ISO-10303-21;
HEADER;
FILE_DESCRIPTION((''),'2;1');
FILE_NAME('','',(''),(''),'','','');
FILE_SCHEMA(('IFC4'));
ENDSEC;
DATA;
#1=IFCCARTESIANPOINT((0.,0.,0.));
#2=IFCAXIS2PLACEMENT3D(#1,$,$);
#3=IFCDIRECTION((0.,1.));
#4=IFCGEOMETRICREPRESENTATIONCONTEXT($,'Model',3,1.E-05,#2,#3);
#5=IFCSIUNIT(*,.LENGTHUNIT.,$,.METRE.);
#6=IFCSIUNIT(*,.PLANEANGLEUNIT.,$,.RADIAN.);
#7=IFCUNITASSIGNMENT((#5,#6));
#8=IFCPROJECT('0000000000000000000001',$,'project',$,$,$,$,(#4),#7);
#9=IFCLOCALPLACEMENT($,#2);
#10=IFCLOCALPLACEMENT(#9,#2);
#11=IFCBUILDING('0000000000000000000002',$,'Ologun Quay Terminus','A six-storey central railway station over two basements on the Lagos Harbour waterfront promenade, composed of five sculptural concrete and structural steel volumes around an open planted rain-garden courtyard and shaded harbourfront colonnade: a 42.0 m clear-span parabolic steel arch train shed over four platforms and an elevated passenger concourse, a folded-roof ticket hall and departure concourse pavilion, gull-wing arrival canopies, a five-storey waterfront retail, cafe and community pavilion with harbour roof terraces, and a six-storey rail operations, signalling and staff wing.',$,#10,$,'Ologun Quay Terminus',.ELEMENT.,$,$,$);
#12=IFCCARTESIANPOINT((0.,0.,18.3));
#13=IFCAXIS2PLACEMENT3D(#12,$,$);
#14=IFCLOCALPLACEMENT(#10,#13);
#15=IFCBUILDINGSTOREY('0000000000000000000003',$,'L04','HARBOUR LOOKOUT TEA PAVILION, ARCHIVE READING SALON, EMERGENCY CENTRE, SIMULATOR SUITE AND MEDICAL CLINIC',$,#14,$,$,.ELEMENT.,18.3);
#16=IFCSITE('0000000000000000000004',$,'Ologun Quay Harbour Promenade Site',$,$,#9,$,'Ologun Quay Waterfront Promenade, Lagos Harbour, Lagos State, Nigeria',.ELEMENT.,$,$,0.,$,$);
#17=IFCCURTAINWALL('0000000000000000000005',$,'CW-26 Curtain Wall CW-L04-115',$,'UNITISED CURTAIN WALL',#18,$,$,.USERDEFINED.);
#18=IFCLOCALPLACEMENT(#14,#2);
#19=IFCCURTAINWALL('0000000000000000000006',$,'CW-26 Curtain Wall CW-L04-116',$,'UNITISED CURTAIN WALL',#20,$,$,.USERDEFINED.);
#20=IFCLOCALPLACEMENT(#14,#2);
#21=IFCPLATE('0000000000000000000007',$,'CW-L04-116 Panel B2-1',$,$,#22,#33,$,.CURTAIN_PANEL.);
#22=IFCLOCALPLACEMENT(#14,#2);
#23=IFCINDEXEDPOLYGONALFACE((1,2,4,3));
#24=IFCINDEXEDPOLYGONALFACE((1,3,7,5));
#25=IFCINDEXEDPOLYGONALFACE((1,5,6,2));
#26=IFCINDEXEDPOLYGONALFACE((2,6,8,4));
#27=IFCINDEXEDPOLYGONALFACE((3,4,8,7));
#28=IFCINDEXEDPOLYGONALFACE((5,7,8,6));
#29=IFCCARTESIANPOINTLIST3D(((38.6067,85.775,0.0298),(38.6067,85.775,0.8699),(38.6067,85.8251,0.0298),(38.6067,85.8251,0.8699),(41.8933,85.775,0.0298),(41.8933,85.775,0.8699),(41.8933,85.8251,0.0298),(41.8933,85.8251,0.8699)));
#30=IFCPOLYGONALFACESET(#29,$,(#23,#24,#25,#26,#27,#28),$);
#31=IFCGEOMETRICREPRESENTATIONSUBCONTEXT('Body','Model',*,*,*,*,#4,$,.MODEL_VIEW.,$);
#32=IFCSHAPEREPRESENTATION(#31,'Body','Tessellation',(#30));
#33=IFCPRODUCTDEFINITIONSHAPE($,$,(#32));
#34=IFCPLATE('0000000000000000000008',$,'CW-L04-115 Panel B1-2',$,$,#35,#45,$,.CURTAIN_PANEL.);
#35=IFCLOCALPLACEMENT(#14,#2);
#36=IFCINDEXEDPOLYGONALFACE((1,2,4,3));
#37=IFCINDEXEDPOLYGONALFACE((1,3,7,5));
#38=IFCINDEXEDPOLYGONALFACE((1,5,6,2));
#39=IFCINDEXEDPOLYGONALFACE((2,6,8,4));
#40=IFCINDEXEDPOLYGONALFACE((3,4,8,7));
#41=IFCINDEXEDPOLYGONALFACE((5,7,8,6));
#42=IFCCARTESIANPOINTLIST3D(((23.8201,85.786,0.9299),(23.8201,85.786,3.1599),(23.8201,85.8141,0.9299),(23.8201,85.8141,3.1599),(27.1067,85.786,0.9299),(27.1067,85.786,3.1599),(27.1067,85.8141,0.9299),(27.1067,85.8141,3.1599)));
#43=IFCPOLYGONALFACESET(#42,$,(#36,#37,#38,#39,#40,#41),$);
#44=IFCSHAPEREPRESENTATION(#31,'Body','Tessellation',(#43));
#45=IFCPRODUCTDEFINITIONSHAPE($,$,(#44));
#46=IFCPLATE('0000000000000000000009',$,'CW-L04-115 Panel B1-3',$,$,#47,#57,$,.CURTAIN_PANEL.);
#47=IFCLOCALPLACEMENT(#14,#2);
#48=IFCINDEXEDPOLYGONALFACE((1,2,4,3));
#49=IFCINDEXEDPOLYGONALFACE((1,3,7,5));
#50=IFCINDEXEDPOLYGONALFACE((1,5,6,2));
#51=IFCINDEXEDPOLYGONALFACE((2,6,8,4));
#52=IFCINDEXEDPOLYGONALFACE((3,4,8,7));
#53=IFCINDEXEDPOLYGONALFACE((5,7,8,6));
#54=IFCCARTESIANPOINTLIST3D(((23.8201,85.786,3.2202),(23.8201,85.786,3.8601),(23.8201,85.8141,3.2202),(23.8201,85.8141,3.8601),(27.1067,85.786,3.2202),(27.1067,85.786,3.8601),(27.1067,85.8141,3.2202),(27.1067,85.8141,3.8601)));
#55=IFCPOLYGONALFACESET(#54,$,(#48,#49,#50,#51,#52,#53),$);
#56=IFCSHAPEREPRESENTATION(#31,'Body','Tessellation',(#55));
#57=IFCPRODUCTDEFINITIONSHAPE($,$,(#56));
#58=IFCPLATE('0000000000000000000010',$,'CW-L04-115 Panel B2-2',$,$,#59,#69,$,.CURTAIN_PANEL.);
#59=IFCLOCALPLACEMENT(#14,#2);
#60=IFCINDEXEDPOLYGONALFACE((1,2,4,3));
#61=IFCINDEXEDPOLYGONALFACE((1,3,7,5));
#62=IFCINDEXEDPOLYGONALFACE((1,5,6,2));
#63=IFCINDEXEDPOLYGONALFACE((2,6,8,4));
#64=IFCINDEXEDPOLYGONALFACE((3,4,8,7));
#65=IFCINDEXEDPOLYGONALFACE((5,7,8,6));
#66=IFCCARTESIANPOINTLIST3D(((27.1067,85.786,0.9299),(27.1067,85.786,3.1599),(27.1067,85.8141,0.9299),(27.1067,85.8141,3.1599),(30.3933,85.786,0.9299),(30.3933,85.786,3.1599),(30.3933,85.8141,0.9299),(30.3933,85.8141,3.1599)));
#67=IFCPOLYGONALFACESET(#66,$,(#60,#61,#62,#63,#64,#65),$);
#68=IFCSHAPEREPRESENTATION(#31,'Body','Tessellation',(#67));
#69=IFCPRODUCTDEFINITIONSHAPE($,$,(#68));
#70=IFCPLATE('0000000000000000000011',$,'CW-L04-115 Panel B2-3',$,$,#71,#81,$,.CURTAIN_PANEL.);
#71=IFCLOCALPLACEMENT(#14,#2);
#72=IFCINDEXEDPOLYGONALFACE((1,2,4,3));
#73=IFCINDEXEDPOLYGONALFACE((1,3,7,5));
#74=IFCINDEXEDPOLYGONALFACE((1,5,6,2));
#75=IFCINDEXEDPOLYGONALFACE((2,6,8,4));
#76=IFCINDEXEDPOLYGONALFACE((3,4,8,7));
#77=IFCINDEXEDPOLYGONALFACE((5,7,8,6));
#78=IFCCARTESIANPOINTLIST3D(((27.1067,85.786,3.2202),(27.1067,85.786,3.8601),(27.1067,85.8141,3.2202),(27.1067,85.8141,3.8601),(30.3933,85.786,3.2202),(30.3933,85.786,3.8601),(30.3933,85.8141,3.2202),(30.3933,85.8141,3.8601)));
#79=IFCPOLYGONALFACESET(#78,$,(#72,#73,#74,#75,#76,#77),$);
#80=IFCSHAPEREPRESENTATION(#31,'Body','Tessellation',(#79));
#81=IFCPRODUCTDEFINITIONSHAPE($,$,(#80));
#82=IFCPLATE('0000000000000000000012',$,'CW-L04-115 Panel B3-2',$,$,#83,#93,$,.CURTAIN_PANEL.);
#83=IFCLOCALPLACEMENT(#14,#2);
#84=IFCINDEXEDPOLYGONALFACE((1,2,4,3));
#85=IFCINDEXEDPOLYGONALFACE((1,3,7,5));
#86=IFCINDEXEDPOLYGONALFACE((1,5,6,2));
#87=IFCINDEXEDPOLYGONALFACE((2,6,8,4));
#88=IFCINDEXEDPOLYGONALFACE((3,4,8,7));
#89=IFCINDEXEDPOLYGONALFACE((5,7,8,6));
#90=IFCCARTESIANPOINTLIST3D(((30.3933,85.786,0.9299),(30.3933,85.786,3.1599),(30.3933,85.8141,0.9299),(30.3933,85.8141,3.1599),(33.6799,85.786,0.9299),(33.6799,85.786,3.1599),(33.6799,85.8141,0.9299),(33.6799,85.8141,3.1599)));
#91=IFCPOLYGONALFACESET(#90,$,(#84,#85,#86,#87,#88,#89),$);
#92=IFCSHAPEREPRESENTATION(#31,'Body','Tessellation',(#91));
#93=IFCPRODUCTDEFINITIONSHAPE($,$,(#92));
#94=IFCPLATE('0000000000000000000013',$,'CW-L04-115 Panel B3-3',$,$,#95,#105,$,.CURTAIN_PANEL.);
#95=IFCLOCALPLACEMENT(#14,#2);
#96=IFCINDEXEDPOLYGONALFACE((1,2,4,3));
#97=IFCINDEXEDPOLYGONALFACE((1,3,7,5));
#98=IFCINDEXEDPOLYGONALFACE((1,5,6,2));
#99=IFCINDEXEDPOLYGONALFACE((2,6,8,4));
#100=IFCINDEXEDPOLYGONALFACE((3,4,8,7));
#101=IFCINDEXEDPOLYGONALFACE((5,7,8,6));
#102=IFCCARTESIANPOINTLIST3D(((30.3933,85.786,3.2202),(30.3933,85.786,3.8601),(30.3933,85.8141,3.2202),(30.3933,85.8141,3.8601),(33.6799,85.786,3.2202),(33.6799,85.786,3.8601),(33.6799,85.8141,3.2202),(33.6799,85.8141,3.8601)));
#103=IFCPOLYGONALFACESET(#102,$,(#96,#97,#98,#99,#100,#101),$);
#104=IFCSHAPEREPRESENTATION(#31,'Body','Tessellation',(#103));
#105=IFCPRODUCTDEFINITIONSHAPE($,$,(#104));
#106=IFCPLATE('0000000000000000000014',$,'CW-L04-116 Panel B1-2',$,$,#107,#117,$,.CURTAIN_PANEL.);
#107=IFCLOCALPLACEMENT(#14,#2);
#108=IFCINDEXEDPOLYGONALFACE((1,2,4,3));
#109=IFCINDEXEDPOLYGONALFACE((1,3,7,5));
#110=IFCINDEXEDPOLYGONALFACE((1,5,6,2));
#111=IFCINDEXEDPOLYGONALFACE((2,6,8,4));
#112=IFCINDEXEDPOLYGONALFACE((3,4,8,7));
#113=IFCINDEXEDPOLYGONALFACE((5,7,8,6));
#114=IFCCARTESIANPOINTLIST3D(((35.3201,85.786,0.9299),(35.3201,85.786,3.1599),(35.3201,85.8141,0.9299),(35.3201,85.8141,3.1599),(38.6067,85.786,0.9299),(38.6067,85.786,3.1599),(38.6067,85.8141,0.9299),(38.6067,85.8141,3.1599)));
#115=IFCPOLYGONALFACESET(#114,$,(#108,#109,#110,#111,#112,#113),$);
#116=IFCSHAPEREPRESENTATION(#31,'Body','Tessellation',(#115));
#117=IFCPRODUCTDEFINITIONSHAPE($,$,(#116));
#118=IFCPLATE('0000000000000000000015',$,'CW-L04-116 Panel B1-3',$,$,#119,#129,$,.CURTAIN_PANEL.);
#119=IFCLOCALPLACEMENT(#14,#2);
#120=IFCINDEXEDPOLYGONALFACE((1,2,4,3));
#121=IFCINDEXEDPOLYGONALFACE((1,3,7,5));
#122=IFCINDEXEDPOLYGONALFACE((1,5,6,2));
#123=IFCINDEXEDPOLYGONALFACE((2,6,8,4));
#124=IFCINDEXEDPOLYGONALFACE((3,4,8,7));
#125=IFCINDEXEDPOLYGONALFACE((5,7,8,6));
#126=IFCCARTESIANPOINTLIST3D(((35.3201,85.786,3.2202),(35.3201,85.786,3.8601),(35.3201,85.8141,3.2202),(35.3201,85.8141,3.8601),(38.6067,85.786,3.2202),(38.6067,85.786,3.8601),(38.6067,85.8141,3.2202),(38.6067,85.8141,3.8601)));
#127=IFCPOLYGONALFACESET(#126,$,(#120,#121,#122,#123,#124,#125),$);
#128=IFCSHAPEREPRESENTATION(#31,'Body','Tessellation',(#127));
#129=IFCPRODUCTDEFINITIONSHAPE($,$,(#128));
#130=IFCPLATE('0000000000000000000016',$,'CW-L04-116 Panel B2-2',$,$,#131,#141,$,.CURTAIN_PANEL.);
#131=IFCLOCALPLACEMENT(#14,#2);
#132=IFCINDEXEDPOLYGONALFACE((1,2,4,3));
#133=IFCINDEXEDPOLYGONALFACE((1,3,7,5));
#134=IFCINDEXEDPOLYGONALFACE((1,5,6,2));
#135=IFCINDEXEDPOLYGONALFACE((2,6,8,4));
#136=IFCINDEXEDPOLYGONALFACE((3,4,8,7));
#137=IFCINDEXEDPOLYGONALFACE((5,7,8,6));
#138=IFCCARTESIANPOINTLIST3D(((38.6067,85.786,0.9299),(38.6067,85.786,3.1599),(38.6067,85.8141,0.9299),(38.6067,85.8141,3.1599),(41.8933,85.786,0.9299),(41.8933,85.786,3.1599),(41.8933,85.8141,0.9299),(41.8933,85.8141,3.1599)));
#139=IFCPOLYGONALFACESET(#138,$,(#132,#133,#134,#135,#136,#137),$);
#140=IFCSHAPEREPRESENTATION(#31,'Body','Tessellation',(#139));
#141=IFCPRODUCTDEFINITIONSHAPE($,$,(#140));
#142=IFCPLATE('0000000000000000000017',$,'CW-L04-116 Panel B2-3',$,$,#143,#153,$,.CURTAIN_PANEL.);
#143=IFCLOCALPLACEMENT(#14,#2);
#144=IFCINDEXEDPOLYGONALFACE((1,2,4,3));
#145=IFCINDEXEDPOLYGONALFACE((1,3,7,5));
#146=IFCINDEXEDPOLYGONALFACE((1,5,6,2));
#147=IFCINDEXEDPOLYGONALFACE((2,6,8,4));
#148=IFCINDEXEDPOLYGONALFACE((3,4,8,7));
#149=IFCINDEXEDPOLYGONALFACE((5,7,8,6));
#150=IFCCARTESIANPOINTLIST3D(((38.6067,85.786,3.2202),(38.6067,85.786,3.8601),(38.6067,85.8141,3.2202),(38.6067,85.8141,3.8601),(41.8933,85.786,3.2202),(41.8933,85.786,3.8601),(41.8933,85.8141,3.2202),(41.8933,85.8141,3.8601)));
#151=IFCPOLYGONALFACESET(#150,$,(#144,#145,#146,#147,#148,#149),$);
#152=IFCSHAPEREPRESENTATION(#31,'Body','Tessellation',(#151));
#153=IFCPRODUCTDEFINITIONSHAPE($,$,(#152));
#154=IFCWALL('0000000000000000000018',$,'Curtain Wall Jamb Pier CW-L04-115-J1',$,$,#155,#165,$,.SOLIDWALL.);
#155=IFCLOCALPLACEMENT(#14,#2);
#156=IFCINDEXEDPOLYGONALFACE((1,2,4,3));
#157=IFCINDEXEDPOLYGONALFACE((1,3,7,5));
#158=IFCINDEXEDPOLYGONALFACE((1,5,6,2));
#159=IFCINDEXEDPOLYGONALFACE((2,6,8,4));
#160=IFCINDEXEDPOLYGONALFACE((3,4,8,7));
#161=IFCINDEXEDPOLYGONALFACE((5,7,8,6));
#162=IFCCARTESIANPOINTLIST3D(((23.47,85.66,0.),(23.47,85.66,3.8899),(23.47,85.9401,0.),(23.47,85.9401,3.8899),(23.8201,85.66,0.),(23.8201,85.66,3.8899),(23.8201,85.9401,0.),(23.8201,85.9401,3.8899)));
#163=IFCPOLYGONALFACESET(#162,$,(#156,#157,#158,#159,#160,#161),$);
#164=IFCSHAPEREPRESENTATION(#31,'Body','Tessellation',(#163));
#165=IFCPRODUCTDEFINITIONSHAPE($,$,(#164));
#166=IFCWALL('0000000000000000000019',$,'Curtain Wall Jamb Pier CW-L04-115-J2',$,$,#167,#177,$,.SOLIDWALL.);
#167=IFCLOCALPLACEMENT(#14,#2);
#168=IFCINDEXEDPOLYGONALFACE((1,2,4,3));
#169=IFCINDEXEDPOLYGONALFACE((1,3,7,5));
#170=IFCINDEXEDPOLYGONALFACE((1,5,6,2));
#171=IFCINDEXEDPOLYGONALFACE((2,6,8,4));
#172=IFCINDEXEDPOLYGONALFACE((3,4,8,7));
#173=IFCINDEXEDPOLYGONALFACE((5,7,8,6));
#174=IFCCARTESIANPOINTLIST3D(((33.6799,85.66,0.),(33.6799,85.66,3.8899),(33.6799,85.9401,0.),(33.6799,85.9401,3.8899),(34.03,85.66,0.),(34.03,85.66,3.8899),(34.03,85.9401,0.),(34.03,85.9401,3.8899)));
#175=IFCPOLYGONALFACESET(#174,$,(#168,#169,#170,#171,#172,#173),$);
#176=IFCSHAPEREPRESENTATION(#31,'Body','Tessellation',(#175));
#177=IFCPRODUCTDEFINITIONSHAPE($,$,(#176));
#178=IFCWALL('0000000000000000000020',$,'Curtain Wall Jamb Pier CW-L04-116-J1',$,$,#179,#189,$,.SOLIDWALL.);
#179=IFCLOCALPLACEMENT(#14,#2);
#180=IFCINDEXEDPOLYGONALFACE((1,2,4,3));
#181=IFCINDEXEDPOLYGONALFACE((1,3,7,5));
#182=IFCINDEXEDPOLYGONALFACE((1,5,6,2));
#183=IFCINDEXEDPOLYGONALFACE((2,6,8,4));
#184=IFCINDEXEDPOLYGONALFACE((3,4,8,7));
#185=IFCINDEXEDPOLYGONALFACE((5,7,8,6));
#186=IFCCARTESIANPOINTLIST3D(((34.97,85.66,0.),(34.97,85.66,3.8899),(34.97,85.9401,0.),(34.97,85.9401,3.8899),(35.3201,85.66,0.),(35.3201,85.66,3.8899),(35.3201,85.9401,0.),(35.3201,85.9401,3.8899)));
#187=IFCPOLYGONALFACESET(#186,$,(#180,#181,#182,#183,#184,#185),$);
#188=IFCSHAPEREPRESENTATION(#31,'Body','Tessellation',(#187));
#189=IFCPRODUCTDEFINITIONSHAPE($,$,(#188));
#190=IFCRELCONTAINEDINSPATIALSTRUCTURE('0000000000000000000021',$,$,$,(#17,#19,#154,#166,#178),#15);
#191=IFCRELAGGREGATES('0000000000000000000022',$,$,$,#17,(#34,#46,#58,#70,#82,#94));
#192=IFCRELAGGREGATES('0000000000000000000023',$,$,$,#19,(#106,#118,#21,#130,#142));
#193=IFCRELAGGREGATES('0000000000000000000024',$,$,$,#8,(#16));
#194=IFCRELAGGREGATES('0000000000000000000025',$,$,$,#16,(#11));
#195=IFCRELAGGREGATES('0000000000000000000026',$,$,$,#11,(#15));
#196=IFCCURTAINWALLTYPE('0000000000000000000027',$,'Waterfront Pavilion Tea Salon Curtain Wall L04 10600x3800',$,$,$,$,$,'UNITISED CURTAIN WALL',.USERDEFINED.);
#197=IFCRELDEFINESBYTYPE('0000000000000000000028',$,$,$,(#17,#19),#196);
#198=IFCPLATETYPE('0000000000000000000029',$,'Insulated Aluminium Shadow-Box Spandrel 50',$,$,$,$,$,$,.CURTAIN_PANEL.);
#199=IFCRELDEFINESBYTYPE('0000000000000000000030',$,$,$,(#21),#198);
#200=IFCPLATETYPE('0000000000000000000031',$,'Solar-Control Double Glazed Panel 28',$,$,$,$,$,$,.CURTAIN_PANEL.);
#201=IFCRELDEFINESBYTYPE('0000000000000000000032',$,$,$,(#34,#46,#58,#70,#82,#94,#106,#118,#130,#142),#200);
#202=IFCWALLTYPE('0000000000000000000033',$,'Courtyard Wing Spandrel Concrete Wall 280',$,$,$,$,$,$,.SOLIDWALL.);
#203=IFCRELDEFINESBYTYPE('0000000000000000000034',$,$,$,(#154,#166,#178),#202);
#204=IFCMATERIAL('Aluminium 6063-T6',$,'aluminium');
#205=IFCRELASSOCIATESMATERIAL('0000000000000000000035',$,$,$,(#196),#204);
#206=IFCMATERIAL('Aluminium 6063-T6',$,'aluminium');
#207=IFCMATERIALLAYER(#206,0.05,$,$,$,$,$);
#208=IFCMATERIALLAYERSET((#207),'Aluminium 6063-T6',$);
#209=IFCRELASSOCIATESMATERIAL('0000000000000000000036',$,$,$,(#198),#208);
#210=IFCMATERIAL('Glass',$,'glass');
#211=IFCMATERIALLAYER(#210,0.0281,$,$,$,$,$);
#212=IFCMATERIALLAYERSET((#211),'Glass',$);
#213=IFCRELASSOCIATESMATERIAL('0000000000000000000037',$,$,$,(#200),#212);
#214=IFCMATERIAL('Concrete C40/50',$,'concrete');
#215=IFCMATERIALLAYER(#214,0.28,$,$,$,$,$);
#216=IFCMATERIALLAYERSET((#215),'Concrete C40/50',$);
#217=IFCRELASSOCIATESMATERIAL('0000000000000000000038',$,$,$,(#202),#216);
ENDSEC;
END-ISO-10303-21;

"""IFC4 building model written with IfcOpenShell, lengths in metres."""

from ifc_helpers import new_model, si_unit, direction, frame, frame_2d, origin, origin_2d, place, context, subcontext, project, spatial, rectangle, extrude, material, layer, layer_set, type_object, element, aggregate, save


model = new_model("IFC4")

# Units and contexts
model_context = context("Model", 3, precision=1e-05, world=origin(), true_north=direction((0.0, 1.0)))
body_context = subcontext(model_context, "Body", "Model", "MODEL_VIEW")
ifc_project = project(units=[si_unit("LENGTHUNIT", "METRE"), si_unit("PLANEANGLEUNIT", "RADIAN")], contexts=[model_context])

# Site, building, storey
site_placement = place(None, origin())
site = spatial("IfcSite", under=ifc_project, at=site_placement, Name="Ologun Quay Harbour Promenade Site", LongName="Ologun Quay Waterfront Promenade, Lagos Harbour, Lagos State, Nigeria", CompositionType="ELEMENT", RefElevation=0.0)
building_placement = place(site_placement, origin())
building = spatial("IfcBuilding", under=site, at=building_placement, Name="Ologun Quay Terminus", Description="A six-storey central railway station over two basements on the Lagos Harbour waterfront promenade, composed of five sculptural concrete and structural steel volumes around an open planted rain-garden courtyard and shaded harbourfront colonnade: a 42.0 m clear-span parabolic steel arch train shed over four platforms and an elevated passenger concourse, a folded-roof ticket hall and departure concourse pavilion, gull-wing arrival canopies, a five-storey waterfront retail, cafe and community pavilion with harbour roof terraces, and a six-storey rail operations, signalling and staff wing.", LongName="Ologun Quay Terminus", CompositionType="ELEMENT")
storey_placement = place(building_placement, frame((0.0, 0.0, 18.3)))
storey = spatial("IfcBuildingStorey", under=building, at=storey_placement, Name="L04", Description="HARBOUR LOOKOUT TEA PAVILION, ARCHIVE READING SALON, EMERGENCY CENTRE, SIMULATOR SUITE AND MEDICAL CLINIC", CompositionType="ELEMENT", Elevation=18.3)

# Curtain walls
ifc_material_1 = material(Name="Aluminium 6063-T6", Category="aluminium")
curtain_wall_type = type_object("IfcCurtainWallType", Name="Waterfront Pavilion Tea Salon Curtain Wall L04 10600x3800", ElementType="UNITISED CURTAIN WALL", PredefinedType="USERDEFINED", material=ifc_material_1)
curtain_wall_1_placement = place(storey_placement, origin())
curtain_wall_1 = element("IfcCurtainWall", 1, at=curtain_wall_1_placement, inside=storey, type_object=curtain_wall_type, Name="CW-26 Curtain Wall CW-L04-115", ObjectType="UNITISED CURTAIN WALL", PredefinedType="USERDEFINED")
curtain_wall_2_placement = place(storey_placement, origin())
curtain_wall_2 = element("IfcCurtainWall", 2, at=curtain_wall_2_placement, inside=storey, type_object=curtain_wall_type, Name="CW-26 Curtain Wall CW-L04-116", ObjectType="UNITISED CURTAIN WALL", PredefinedType="USERDEFINED")

# Plates
ifc_material_2 = material(Name="Aluminium 6063-T6", Category="aluminium")
ifc_layer_1 = layer(ifc_material_2, 0.05)
ifc_layer_set_1 = layer_set([ifc_layer_1], Name="Aluminium 6063-T6")
plate_type_1 = type_object("IfcPlateType", Name="Insulated Aluminium Shadow-Box Spandrel 50", PredefinedType="CURTAIN_PANEL", material=ifc_layer_set_1)
plate_1_placement = place(storey_placement, frame((40.25, 85.8, 0.0298), z_axis=(0.0, 0.0, 1.0), x_axis=(1.0, 0.0, 0.0)))
plate_1 = element("IfcPlate", 3, at=plate_1_placement, type_object=plate_type_1, Name="CW-L04-116 Panel B2-1", PredefinedType="CURTAIN_PANEL", context=body_context, shape_type="SweptSolid", body=[
    extrude(rectangle(XDim=3.2866, YDim=0.05, at=origin_2d()), origin(), (0.0, 0.0, 1.0), 0.8401),
])
ifc_material_3 = material(Name="Glass", Category="glass")
ifc_layer_2 = layer(ifc_material_3, 0.0281)
ifc_layer_set_2 = layer_set([ifc_layer_2], Name="Glass")
plate_type_2 = type_object("IfcPlateType", Name="Solar-Control Double Glazed Panel 28", PredefinedType="CURTAIN_PANEL", material=ifc_layer_set_2)
plate_2_placement = place(storey_placement, frame((25.4634, 85.8, 0.9299), z_axis=(0.0, 0.0, 1.0), x_axis=(1.0, 0.0, 0.0)))
plate_2 = element("IfcPlate", 4, at=plate_2_placement, type_object=plate_type_2, Name="CW-L04-115 Panel B1-2", PredefinedType="CURTAIN_PANEL", context=body_context, shape_type="SweptSolid", body=[
    extrude(rectangle(XDim=3.2866, YDim=0.0281, at=origin_2d()), origin(), (0.0, 0.0, 1.0), 2.23),
])
plate_3_placement = place(storey_placement, frame((25.4634, 85.8, 3.2202), z_axis=(0.0, 0.0, 1.0), x_axis=(1.0, 0.0, 0.0)))
plate_3 = element("IfcPlate", 5, at=plate_3_placement, type_object=plate_type_2, Name="CW-L04-115 Panel B1-3", PredefinedType="CURTAIN_PANEL", context=body_context, shape_type="SweptSolid", body=[
    extrude(rectangle(XDim=3.2866, YDim=0.0281, at=origin_2d()), origin(), (0.0, 0.0, 1.0), 0.6399),
])
plate_4_placement = place(storey_placement, frame((28.75, 85.8, 0.9299), z_axis=(0.0, 0.0, 1.0), x_axis=(1.0, 0.0, 0.0)))
plate_4 = element("IfcPlate", 6, at=plate_4_placement, type_object=plate_type_2, Name="CW-L04-115 Panel B2-2", PredefinedType="CURTAIN_PANEL", context=body_context, shape_type="SweptSolid", body=[
    extrude(rectangle(XDim=3.2866, YDim=0.0281, at=origin_2d()), origin(), (0.0, 0.0, 1.0), 2.23),
])
plate_5_placement = place(storey_placement, frame((28.75, 85.8, 3.2202), z_axis=(0.0, 0.0, 1.0), x_axis=(1.0, 0.0, 0.0)))
plate_5 = element("IfcPlate", 7, at=plate_5_placement, type_object=plate_type_2, Name="CW-L04-115 Panel B2-3", PredefinedType="CURTAIN_PANEL", context=body_context, shape_type="SweptSolid", body=[
    extrude(rectangle(XDim=3.2866, YDim=0.0281, at=origin_2d()), origin(), (0.0, 0.0, 1.0), 0.6399),
])
plate_6_placement = place(storey_placement, frame((32.0366, 85.8, 0.9299), z_axis=(0.0, 0.0, 1.0), x_axis=(1.0, 0.0, 0.0)))
plate_6 = element("IfcPlate", 8, at=plate_6_placement, type_object=plate_type_2, Name="CW-L04-115 Panel B3-2", PredefinedType="CURTAIN_PANEL", context=body_context, shape_type="SweptSolid", body=[
    extrude(rectangle(XDim=3.2866, YDim=0.0281, at=origin_2d()), origin(), (0.0, 0.0, 1.0), 2.23),
])
plate_7_placement = place(storey_placement, frame((32.0366, 85.8, 3.2202), z_axis=(0.0, 0.0, 1.0), x_axis=(1.0, 0.0, 0.0)))
plate_7 = element("IfcPlate", 9, at=plate_7_placement, type_object=plate_type_2, Name="CW-L04-115 Panel B3-3", PredefinedType="CURTAIN_PANEL", context=body_context, shape_type="SweptSolid", body=[
    extrude(rectangle(XDim=3.2866, YDim=0.0281, at=origin_2d()), origin(), (0.0, 0.0, 1.0), 0.6399),
])
aggregate(curtain_wall_1, [plate_2, plate_3, plate_4, plate_5, plate_6, plate_7])
plate_8_placement = place(storey_placement, frame((36.9634, 85.8, 0.9299), z_axis=(0.0, 0.0, 1.0), x_axis=(1.0, 0.0, 0.0)))
plate_8 = element("IfcPlate", 10, at=plate_8_placement, type_object=plate_type_2, Name="CW-L04-116 Panel B1-2", PredefinedType="CURTAIN_PANEL", context=body_context, shape_type="SweptSolid", body=[
    extrude(rectangle(XDim=3.2866, YDim=0.0281, at=origin_2d()), origin(), (0.0, 0.0, 1.0), 2.23),
])
plate_9_placement = place(storey_placement, frame((36.9634, 85.8, 3.2202), z_axis=(0.0, 0.0, 1.0), x_axis=(1.0, 0.0, 0.0)))
plate_9 = element("IfcPlate", 11, at=plate_9_placement, type_object=plate_type_2, Name="CW-L04-116 Panel B1-3", PredefinedType="CURTAIN_PANEL", context=body_context, shape_type="SweptSolid", body=[
    extrude(rectangle(XDim=3.2866, YDim=0.0281, at=origin_2d()), origin(), (0.0, 0.0, 1.0), 0.6399),
])
plate_10_placement = place(storey_placement, frame((40.25, 85.8, 0.9299), z_axis=(0.0, 0.0, 1.0), x_axis=(1.0, 0.0, 0.0)))
plate_10 = element("IfcPlate", 12, at=plate_10_placement, type_object=plate_type_2, Name="CW-L04-116 Panel B2-2", PredefinedType="CURTAIN_PANEL", context=body_context, shape_type="SweptSolid", body=[
    extrude(rectangle(XDim=3.2866, YDim=0.0281, at=origin_2d()), origin(), (0.0, 0.0, 1.0), 2.23),
])
plate_11_placement = place(storey_placement, frame((40.25, 85.8, 3.2202), z_axis=(0.0, 0.0, 1.0), x_axis=(1.0, 0.0, 0.0)))
plate_11 = element("IfcPlate", 13, at=plate_11_placement, type_object=plate_type_2, Name="CW-L04-116 Panel B2-3", PredefinedType="CURTAIN_PANEL", context=body_context, shape_type="SweptSolid", body=[
    extrude(rectangle(XDim=3.2866, YDim=0.0281, at=origin_2d()), origin(), (0.0, 0.0, 1.0), 0.6399),
])
aggregate(curtain_wall_2, [plate_8, plate_9, plate_1, plate_10, plate_11])

# Walls
ifc_material_4 = material(Name="Concrete C40/50", Category="concrete")
ifc_layer_3 = layer(ifc_material_4, 0.28)
ifc_layer_set_3 = layer_set([ifc_layer_3], Name="Concrete C40/50")
wall_type = type_object("IfcWallType", Name="Courtyard Wing Spandrel Concrete Wall 280", PredefinedType="SOLIDWALL", material=ifc_layer_set_3)
for number, where, z_axis, x_axis, name in (
    (14, (23.47, 85.8, 0.0), (0.0, 0.0, 1.0), (1.0, 0.0, 0.0), "Curtain Wall Jamb Pier CW-L04-115-J1"),
    (15, (33.6799, 85.8, 0.0), (0.0, 0.0, 1.0), (1.0, 0.0, 0.0), "Curtain Wall Jamb Pier CW-L04-115-J2"),
    (16, (34.97, 85.8, 0.0), (0.0, 0.0, 1.0), (1.0, 0.0, 0.0), "Curtain Wall Jamb Pier CW-L04-116-J1"),
):
    element("IfcWall", number, at=place(storey_placement, frame(where, z_axis=z_axis, x_axis=x_axis)), inside=storey, type_object=wall_type, Name=name, PredefinedType="SOLIDWALL", context=body_context, shape_type="SweptSolid", body=[
        extrude(rectangle(XDim=0.3501, YDim=0.28, at=frame_2d((0.175, 0.0))), origin(), (0.0, 0.0, 1.0), 3.8899),
    ])

save(model, "model.ifc")
